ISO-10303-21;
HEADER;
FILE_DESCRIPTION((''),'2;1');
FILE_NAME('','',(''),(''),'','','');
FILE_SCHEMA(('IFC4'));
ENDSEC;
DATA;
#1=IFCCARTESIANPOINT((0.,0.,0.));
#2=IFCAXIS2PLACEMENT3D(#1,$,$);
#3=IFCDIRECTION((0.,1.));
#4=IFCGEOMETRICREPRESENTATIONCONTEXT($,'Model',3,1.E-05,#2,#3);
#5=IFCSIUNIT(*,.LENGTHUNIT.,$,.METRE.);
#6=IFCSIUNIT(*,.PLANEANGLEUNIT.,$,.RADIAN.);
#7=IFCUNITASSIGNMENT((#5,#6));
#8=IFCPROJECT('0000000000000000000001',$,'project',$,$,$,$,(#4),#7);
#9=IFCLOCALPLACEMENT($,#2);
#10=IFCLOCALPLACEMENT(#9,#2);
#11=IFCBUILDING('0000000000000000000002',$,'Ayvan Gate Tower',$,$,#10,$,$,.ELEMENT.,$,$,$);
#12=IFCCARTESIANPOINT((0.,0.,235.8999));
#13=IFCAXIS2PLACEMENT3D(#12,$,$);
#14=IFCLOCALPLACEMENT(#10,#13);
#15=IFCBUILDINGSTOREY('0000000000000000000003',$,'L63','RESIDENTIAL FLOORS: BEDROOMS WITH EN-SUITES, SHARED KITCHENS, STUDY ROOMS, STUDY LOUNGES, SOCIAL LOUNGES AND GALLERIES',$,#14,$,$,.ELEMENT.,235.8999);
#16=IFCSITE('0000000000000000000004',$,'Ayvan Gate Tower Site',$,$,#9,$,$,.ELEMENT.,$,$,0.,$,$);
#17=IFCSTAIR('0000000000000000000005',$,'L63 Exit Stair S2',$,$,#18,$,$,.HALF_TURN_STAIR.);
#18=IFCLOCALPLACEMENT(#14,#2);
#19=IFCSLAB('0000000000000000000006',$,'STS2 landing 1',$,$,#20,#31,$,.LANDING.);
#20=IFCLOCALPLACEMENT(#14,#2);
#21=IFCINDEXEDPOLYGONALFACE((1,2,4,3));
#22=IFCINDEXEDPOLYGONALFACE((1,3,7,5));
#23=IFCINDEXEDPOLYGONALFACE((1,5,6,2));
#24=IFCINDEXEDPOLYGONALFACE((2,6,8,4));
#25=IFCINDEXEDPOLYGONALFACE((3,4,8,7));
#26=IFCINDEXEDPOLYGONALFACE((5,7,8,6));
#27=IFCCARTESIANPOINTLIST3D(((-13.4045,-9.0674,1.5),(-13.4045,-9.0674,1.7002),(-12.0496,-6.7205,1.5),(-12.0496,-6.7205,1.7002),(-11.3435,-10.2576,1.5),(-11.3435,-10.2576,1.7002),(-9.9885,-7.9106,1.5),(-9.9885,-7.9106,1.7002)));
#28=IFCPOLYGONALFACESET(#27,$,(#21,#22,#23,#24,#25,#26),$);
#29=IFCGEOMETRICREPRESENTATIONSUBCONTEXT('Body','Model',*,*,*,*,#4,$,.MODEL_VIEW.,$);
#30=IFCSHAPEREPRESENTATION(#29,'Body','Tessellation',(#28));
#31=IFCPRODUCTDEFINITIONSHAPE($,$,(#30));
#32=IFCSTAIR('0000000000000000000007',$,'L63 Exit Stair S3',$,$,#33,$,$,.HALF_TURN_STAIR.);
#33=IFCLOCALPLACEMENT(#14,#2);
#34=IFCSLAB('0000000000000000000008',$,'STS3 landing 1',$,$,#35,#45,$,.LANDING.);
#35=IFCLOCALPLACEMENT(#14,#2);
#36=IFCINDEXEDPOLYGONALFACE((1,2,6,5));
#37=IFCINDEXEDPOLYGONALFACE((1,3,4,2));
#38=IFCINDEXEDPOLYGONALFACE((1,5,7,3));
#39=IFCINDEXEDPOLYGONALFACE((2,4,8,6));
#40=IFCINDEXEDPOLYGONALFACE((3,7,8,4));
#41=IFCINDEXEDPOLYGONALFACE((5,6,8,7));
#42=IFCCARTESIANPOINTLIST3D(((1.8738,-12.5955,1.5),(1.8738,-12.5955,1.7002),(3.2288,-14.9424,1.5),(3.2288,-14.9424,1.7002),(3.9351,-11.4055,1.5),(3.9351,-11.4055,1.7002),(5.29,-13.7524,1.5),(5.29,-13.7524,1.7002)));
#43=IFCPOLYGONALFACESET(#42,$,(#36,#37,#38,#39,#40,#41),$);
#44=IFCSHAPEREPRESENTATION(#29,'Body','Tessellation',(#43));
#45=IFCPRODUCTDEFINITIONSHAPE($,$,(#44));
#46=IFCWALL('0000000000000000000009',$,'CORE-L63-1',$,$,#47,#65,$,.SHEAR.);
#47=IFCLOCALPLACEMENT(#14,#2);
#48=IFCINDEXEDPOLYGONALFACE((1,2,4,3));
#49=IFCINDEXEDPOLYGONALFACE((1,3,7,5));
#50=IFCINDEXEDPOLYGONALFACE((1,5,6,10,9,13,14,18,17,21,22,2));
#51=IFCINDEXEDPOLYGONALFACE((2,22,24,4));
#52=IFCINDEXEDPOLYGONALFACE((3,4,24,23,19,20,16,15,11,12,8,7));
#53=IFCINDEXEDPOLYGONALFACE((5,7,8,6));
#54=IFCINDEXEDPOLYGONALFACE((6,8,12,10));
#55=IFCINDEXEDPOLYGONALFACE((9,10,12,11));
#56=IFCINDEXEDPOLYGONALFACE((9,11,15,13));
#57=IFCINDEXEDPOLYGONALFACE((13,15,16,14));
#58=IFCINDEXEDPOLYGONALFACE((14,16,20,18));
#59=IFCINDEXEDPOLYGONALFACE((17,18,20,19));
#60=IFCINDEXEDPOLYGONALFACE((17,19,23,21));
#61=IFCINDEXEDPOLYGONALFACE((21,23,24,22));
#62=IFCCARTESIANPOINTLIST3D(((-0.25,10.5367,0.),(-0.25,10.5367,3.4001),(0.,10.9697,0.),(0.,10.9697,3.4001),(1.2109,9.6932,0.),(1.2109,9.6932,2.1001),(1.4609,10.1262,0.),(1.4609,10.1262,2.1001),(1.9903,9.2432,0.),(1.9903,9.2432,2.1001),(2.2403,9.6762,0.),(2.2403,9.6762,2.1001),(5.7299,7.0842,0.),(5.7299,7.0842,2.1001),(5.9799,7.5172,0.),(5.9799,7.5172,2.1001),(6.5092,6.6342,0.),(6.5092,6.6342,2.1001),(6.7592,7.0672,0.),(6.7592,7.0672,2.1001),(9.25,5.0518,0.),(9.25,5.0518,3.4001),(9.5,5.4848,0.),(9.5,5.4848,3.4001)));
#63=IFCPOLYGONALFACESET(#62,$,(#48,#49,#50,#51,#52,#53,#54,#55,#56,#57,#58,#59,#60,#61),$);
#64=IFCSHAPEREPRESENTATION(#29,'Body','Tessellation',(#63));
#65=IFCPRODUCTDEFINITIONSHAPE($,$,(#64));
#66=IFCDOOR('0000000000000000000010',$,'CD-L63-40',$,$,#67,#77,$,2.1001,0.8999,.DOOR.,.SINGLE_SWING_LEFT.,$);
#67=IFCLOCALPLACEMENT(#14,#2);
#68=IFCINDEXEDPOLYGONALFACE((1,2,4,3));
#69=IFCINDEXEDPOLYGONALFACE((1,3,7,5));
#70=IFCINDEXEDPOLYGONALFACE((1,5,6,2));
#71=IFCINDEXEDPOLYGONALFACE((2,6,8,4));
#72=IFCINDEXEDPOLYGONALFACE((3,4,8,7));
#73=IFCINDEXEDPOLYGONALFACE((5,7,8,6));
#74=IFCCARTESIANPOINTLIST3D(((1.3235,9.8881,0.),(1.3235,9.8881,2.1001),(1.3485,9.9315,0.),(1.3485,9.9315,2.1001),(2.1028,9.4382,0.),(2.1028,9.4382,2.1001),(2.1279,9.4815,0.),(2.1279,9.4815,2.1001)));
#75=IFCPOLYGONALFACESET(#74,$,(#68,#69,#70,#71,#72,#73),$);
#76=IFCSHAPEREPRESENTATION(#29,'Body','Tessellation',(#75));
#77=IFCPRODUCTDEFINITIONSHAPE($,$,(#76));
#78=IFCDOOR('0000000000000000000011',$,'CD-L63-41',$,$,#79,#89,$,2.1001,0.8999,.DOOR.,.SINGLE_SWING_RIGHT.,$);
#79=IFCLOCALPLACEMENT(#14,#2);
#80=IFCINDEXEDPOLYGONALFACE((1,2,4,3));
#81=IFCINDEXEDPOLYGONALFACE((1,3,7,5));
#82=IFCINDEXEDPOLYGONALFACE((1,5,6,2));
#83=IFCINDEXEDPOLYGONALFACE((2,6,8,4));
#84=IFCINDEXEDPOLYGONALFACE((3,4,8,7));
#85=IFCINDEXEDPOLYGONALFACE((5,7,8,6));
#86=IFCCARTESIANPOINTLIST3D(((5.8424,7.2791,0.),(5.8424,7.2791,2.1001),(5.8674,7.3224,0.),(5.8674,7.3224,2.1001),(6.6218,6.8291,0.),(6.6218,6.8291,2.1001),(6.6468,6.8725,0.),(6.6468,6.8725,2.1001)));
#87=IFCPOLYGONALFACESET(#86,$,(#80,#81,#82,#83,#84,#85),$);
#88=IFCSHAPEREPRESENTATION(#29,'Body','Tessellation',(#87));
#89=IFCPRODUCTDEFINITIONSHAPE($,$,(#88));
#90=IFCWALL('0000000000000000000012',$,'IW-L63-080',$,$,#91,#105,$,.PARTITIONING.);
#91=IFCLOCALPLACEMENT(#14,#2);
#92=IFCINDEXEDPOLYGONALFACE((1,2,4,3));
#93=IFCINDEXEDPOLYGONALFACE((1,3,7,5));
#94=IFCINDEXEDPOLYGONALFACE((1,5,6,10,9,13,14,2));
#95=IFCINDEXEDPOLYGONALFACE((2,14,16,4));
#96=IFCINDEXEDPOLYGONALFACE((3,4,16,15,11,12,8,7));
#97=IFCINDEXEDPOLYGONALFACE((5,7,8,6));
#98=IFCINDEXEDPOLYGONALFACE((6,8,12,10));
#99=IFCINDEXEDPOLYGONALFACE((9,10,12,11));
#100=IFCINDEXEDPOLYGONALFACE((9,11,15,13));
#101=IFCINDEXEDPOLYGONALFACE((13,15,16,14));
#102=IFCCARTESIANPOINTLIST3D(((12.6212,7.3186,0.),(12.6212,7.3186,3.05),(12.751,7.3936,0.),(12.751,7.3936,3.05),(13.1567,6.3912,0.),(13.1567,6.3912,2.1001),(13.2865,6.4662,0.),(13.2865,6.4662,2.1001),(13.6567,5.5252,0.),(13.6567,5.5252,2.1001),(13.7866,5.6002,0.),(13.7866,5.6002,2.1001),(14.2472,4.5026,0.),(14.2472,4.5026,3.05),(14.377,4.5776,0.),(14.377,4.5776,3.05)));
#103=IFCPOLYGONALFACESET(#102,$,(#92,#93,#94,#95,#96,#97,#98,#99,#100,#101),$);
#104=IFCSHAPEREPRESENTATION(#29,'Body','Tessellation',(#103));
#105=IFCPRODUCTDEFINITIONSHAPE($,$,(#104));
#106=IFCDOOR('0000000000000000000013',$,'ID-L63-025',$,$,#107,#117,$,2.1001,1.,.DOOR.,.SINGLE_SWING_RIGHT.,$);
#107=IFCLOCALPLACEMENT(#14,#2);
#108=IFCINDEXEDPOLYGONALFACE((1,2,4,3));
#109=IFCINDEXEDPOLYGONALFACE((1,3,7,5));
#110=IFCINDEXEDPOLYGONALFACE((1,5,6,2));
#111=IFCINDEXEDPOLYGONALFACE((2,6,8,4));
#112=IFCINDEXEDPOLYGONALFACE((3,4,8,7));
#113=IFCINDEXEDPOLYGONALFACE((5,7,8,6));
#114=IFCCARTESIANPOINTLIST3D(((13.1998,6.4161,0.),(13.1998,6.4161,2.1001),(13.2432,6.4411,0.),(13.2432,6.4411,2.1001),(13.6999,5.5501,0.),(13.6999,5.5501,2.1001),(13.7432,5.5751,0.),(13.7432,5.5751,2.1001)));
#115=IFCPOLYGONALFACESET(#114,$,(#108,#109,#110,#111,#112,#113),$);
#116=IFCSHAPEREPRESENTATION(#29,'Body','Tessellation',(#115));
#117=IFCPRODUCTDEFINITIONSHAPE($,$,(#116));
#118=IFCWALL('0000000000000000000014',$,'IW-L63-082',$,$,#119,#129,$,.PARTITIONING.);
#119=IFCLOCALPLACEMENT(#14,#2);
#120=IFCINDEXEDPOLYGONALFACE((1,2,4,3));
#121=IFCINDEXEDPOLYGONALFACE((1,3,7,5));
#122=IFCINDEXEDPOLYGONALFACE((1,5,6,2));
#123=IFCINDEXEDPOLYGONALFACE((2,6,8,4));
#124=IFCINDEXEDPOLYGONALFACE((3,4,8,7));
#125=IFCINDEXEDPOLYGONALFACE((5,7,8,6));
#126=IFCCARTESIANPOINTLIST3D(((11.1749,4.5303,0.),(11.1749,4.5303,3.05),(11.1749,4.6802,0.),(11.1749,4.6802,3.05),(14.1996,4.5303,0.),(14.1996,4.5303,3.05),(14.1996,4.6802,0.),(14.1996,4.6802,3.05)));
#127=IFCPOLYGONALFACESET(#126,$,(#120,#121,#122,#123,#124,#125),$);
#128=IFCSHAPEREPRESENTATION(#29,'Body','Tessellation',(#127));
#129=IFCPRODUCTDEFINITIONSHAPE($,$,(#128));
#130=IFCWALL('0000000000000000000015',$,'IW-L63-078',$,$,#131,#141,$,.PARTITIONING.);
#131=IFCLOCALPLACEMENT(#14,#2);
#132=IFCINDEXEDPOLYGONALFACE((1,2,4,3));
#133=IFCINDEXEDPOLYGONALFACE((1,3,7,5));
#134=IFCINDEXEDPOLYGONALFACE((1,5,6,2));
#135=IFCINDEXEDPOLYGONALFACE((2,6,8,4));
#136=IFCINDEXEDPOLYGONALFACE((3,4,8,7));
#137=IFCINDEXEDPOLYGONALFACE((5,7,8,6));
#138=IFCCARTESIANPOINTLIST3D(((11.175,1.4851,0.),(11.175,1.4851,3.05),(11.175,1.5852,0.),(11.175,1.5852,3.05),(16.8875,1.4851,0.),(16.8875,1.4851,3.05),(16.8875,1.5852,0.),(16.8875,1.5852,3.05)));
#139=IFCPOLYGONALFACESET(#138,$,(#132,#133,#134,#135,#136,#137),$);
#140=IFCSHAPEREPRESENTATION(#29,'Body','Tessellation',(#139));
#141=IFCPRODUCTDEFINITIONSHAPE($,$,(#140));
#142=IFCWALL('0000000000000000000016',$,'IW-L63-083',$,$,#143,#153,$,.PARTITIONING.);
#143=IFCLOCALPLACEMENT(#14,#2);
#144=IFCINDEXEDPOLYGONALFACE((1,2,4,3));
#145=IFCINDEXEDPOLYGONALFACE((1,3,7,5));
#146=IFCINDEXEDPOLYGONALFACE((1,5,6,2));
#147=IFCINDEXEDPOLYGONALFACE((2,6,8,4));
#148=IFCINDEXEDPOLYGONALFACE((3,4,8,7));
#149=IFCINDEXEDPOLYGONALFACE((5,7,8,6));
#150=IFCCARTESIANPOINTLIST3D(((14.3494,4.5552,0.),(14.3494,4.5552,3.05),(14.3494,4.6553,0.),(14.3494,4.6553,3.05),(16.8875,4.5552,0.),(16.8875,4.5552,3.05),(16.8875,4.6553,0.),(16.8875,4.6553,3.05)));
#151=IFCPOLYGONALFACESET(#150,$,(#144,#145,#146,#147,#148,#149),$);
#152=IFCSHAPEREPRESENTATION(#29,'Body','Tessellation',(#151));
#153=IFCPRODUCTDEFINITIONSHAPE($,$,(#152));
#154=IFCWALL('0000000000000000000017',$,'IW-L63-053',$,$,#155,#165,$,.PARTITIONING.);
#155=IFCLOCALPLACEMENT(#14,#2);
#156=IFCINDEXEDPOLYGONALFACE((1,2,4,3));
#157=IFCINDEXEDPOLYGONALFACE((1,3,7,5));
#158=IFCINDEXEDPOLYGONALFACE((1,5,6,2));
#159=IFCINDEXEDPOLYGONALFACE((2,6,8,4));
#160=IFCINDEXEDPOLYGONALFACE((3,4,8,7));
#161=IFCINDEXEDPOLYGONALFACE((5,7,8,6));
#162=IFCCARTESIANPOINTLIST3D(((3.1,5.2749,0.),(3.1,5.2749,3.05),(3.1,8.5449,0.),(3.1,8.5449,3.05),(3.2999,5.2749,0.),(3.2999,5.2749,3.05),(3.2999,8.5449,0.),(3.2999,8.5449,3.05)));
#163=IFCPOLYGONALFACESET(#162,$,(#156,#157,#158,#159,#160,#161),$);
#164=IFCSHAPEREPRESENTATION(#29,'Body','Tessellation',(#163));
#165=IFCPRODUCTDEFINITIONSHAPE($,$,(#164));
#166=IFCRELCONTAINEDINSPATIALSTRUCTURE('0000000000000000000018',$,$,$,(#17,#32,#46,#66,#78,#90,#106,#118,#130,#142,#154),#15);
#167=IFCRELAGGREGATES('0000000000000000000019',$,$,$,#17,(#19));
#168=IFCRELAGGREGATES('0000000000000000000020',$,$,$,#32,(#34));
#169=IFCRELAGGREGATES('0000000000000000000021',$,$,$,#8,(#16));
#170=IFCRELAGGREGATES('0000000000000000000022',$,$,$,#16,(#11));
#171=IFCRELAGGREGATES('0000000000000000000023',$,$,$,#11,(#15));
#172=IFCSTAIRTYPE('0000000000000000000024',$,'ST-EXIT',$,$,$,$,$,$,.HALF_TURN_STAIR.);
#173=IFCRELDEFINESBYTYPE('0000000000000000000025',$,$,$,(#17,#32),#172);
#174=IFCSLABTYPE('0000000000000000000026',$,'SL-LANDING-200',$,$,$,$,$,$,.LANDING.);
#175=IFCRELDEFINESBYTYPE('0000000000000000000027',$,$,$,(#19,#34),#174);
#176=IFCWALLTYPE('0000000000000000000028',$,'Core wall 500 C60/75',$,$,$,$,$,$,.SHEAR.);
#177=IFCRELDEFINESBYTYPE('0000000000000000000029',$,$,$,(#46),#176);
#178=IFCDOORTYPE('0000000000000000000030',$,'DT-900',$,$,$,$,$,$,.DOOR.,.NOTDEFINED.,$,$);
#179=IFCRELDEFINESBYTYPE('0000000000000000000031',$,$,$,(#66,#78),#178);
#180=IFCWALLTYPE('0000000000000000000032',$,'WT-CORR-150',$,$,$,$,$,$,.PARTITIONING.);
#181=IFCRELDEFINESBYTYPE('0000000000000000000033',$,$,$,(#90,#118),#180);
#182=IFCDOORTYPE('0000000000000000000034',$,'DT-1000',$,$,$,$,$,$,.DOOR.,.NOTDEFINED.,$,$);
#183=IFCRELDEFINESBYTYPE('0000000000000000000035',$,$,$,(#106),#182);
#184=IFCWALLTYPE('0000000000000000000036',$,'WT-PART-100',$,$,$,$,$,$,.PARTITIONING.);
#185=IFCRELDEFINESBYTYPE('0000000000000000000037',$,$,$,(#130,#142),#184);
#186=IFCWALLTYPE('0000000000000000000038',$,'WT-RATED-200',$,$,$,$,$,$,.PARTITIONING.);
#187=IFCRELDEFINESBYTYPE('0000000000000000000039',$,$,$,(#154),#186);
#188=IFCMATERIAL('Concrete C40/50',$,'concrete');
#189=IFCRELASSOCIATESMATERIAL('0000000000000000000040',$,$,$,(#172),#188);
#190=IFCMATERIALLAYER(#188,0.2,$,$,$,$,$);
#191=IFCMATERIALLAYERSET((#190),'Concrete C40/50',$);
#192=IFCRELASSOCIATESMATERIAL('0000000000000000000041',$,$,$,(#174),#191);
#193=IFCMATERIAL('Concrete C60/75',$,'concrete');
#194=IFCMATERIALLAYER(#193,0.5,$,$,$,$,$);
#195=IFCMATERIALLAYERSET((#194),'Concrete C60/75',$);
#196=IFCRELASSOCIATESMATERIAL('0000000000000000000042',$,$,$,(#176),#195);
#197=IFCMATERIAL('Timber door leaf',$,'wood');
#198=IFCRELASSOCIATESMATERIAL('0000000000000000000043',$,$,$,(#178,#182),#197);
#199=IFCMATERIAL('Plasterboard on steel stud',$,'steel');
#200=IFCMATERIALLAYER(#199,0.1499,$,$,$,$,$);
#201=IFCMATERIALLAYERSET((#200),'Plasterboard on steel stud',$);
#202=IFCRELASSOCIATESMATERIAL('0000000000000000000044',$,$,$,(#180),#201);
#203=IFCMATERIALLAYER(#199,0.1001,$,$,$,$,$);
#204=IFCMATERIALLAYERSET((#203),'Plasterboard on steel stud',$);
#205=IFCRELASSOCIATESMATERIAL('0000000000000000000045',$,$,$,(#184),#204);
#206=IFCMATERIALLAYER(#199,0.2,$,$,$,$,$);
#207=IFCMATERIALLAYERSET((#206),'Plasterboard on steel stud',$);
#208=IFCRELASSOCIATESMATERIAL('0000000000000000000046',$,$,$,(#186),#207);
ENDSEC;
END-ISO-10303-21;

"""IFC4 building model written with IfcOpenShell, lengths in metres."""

from ifc_helpers import new_model, si_unit, direction, frame, frame_2d, origin, place, context, subcontext, project, spatial, polyline, rectangle, outline, extrude, material, layer, layer_set, type_object, element, fill, aggregate, save


model = new_model("IFC4")

# Units and contexts
model_context = context("Model", 3, precision=1e-05, world=origin(), true_north=direction((0.0, 1.0)))
body_context = subcontext(model_context, "Body", "Model", "MODEL_VIEW")
ifc_project = project(units=[si_unit("LENGTHUNIT", "METRE"), si_unit("PLANEANGLEUNIT", "RADIAN")], contexts=[model_context])

# Site, building, storey
site_placement = place(None, origin())
site = spatial("IfcSite", under=ifc_project, at=site_placement, Name="Ayvan Gate Tower Site", CompositionType="ELEMENT", RefElevation=0.0)
building_placement = place(site_placement, origin())
building = spatial("IfcBuilding", under=site, at=building_placement, Name="Ayvan Gate Tower", CompositionType="ELEMENT")
storey_placement = place(building_placement, frame((0.0, 0.0, 235.8999)))
storey = spatial("IfcBuildingStorey", under=building, at=storey_placement, Name="L63", Description="RESIDENTIAL FLOORS: BEDROOMS WITH EN-SUITES, SHARED KITCHENS, STUDY ROOMS, STUDY LOUNGES, SOCIAL LOUNGES AND GALLERIES", CompositionType="ELEMENT", Elevation=235.8999)

# Stairs, slabs
ifc_material_1 = material(Name="Concrete C40/50", Category="concrete")
stair_type = type_object("IfcStairType", Name="ST-EXIT", PredefinedType="HALF_TURN_STAIR", material=ifc_material_1)
stair_1_placement = place(storey_placement, origin())
stair_1 = element("IfcStair", 1, at=stair_1_placement, inside=storey, type_object=stair_type, Name="L63 Exit Stair S2", PredefinedType="HALF_TURN_STAIR")
ifc_layer_1 = layer(ifc_material_1, 0.2)
ifc_layer_set_1 = layer_set([ifc_layer_1], Name="Concrete C40/50")
slab_type = type_object("IfcSlabType", Name="SL-LANDING-200", PredefinedType="LANDING", material=ifc_layer_set_1)
slab_1_placement = place(storey_placement, frame((0.0, 0.0, 1.5)))
slab_1 = element("IfcSlab", 2, at=slab_1_placement, type_object=slab_type, Name="STS2 landing 1", PredefinedType="LANDING", context=body_context, shape_type="SweptSolid", body=[
    extrude(outline(polyline([(-9.9885, -7.9106), (-12.0496, -6.7205), (-13.4045, -9.0674), (-11.3435, -10.2576), (-9.9885, -7.9106)])), origin(), (0.0, 0.0, 1.0), 0.2002),
])
aggregate(stair_1, [slab_1])
stair_2_placement = place(storey_placement, origin())
stair_2 = element("IfcStair", 3, at=stair_2_placement, inside=storey, type_object=stair_type, Name="L63 Exit Stair S3", PredefinedType="HALF_TURN_STAIR")
slab_2_placement = place(storey_placement, frame((0.0, 0.0, 1.5)))
slab_2 = element("IfcSlab", 4, at=slab_2_placement, type_object=slab_type, Name="STS3 landing 1", PredefinedType="LANDING", context=body_context, shape_type="SweptSolid", body=[
    extrude(outline(polyline([(3.9351, -11.4055), (1.8738, -12.5955), (3.2288, -14.9424), (5.29, -13.7524), (3.9351, -11.4055)])), origin(), (0.0, 0.0, 1.0), 0.2002),
])
aggregate(stair_2, [slab_2])

# Wall, openings, doors
ifc_material_2 = material(Name="Concrete C60/75", Category="concrete")
ifc_layer_2 = layer(ifc_material_2, 0.5)
ifc_layer_set_2 = layer_set([ifc_layer_2], Name="Concrete C60/75")
wall_type_1 = type_object("IfcWallType", Name="Core wall 500 C60/75", PredefinedType="SHEAR", material=ifc_layer_set_2)
wall_1_placement = place(storey_placement, frame((9.375, 5.2683, 0.0), z_axis=(0.0, 0.0, 1.0), x_axis=(-0.866024, 0.500002, 0.0)))
wall_1 = element("IfcWall", 5, at=wall_1_placement, inside=storey, type_object=wall_type_1, Name="CORE-L63-1", PredefinedType="SHEAR", context=body_context, shape_type="SweptSolid", body=[
    extrude(rectangle(XDim=10.9697, YDim=0.5, at=frame_2d((5.4849, 0.0))), origin(), (0.0, 0.0, 1.0), 3.4001),
])
opening_1_placement = place(wall_1_placement, frame((8.3828, 0.0, 0.0)))
opening_1 = element("IfcOpeningElement", 6, at=opening_1_placement, cuts=wall_1, PredefinedType="OPENING", context=body_context, shape_type="SweptSolid", body=[
    extrude(rectangle(XDim=0.8999, YDim=2.1001, at=frame_2d((0.45, 1.05))), frame((0.0, 0.26, 0.0), z_axis=(0.0, -1.0, 0.0), x_axis=(1.0, 0.0, 0.0)), (0.0, 0.0, 1.0), 0.52),
])
opening_2_placement = place(wall_1_placement, frame((3.1648, 0.0, 0.0)))
opening_2 = element("IfcOpeningElement", 7, at=opening_2_placement, cuts=wall_1, PredefinedType="OPENING", context=body_context, shape_type="SweptSolid", body=[
    extrude(rectangle(XDim=0.8999, YDim=2.1001, at=frame_2d((0.45, 1.05))), frame((0.0, 0.26, 0.0), z_axis=(0.0, -1.0, 0.0), x_axis=(1.0, 0.0, 0.0)), (0.0, 0.0, 1.0), 0.52),
])
ifc_material_3 = material(Name="Timber door leaf", Category="wood")
door_type_1 = type_object("IfcDoorType", Name="DT-900", OperationType="NOTDEFINED", PredefinedType="DOOR", material=ifc_material_3)
door_1_placement = place(opening_1_placement, origin())
door_1 = element("IfcDoor", 8, at=door_1_placement, inside=storey, type_object=door_type_1, Name="CD-L63-40", OperationType="SINGLE_SWING_LEFT", OverallHeight=2.1001, OverallWidth=0.8999, PredefinedType="DOOR", context=body_context, shape_type="SweptSolid", body=[
    extrude(rectangle(XDim=0.8999, YDim=2.1001, at=frame_2d((0.45, 1.05))), frame((0.0, 0.0249, 0.0), z_axis=(0.0, -1.0, 0.0), x_axis=(1.0, 0.0, 0.0)), (0.0, 0.0, 1.0), 0.05),
])
fill(opening_1, door_1)
door_2_placement = place(opening_2_placement, origin())
door_2 = element("IfcDoor", 9, at=door_2_placement, inside=storey, type_object=door_type_1, Name="CD-L63-41", OperationType="SINGLE_SWING_RIGHT", OverallHeight=2.1001, OverallWidth=0.8999, PredefinedType="DOOR", context=body_context, shape_type="SweptSolid", body=[
    extrude(rectangle(XDim=0.8999, YDim=2.1001, at=frame_2d((0.45, 1.05))), frame((0.0, 0.0249, 0.0), z_axis=(0.0, -1.0, 0.0), x_axis=(1.0, 0.0, 0.0)), (0.0, 0.0, 1.0), 0.05),
])
fill(opening_2, door_2)

# Wall, opening, door
ifc_material_4 = material(Name="Plasterboard on steel stud", Category="steel")
ifc_layer_3 = layer(ifc_material_4, 0.1499)
ifc_layer_set_3 = layer_set([ifc_layer_3], Name="Plasterboard on steel stud")
wall_type_2 = type_object("IfcWallType", Name="WT-CORR-150", PredefinedType="PARTITIONING", material=ifc_layer_set_3)
wall_2_placement = place(storey_placement, frame((12.686, 7.3562, 0.0), z_axis=(0.0, 0.0, 1.0), x_axis=(0.500047, -0.865998, 0.0)))
wall_2 = element("IfcWall", 10, at=wall_2_placement, inside=storey, type_object=wall_type_2, Name="IW-L63-080", PredefinedType="PARTITIONING", context=body_context, shape_type="SweptSolid", body=[
    extrude(rectangle(XDim=3.2517, YDim=0.1499, at=frame_2d((1.626, 0.0))), origin(), (0.0, 0.0, 1.0), 3.05),
])
opening_3_placement = place(wall_2_placement, frame((1.071, 0.0, 0.0)))
opening_3 = element("IfcOpeningElement", 11, at=opening_3_placement, cuts=wall_2, PredefinedType="OPENING", context=body_context, shape_type="SweptSolid", body=[
    extrude(rectangle(XDim=1.0, YDim=2.1001, at=frame_2d((0.5, 1.05))), frame((0.0, 0.085, 0.0), z_axis=(0.0, -1.0, 0.0), x_axis=(1.0, 0.0, 0.0)), (0.0, 0.0, 1.0), 0.1699),
])
door_type_2 = type_object("IfcDoorType", Name="DT-1000", OperationType="NOTDEFINED", PredefinedType="DOOR", material=ifc_material_3)
door_3_placement = place(opening_3_placement, origin())
door_3 = element("IfcDoor", 12, at=door_3_placement, inside=storey, type_object=door_type_2, Name="ID-L63-025", OperationType="SINGLE_SWING_RIGHT", OverallHeight=2.1001, OverallWidth=1.0, PredefinedType="DOOR", context=body_context, shape_type="SweptSolid", body=[
    extrude(rectangle(XDim=1.0, YDim=2.1001, at=frame_2d((0.5, 1.05))), frame((0.0, 0.0249, 0.0), z_axis=(0.0, -1.0, 0.0), x_axis=(1.0, 0.0, 0.0)), (0.0, 0.0, 1.0), 0.05),
])
fill(opening_3, door_3)

# Walls
wall_3_placement = place(storey_placement, frame((14.1995, 4.6052, 0.0), z_axis=(0.0, 0.0, 1.0), x_axis=(-1.0, 0.0, 0.0)))
element("IfcWall", 13, at=wall_3_placement, inside=storey, type_object=wall_type_2, Name="IW-L63-082", PredefinedType="PARTITIONING", context=body_context, shape_type="SweptSolid", body=[
    extrude(rectangle(XDim=3.0247, YDim=0.1499, at=frame_2d((1.5122, 0.0))), origin(), (0.0, 0.0, 1.0), 3.05),
])
ifc_layer_4 = layer(ifc_material_4, 0.1001)
ifc_layer_set_4 = layer_set([ifc_layer_4], Name="Plasterboard on steel stud")
wall_type_3 = type_object("IfcWallType", Name="WT-PART-100", PredefinedType="PARTITIONING", material=ifc_layer_set_4)
wall_4_placement = place(storey_placement, frame((11.175, 1.5352, 0.0), z_axis=(0.0, 0.0, 1.0), x_axis=(1.0, 0.0, 0.0)))
element("IfcWall", 14, at=wall_4_placement, inside=storey, type_object=wall_type_3, Name="IW-L63-078", PredefinedType="PARTITIONING", context=body_context, shape_type="SweptSolid", body=[
    extrude(rectangle(XDim=5.7124, YDim=0.1001, at=frame_2d((2.8562, 0.0))), origin(), (0.0, 0.0, 1.0), 3.05),
])
wall_5_placement = place(storey_placement, frame((14.3494, 4.6052, 0.0), z_axis=(0.0, 0.0, 1.0), x_axis=(1.0, 0.0, 0.0)))
element("IfcWall", 15, at=wall_5_placement, inside=storey, type_object=wall_type_3, Name="IW-L63-083", PredefinedType="PARTITIONING", context=body_context, shape_type="SweptSolid", body=[
    extrude(rectangle(XDim=2.5381, YDim=0.1001, at=frame_2d((1.269, 0.0))), origin(), (0.0, 0.0, 1.0), 3.05),
])
ifc_layer_5 = layer(ifc_material_4, 0.2)
ifc_layer_set_5 = layer_set([ifc_layer_5], Name="Plasterboard on steel stud")
wall_type_4 = type_object("IfcWallType", Name="WT-RATED-200", PredefinedType="PARTITIONING", material=ifc_layer_set_5)
wall_6_placement = place(storey_placement, frame((3.2, 8.5449, 0.0), z_axis=(0.0, 0.0, 1.0), x_axis=(0.0, -1.0, 0.0)))
element("IfcWall", 16, at=wall_6_placement, inside=storey, type_object=wall_type_4, Name="IW-L63-053", PredefinedType="PARTITIONING", context=body_context, shape_type="SweptSolid", body=[
    extrude(rectangle(XDim=3.27, YDim=0.2, at=frame_2d((1.635, 0.0))), origin(), (0.0, 0.0, 1.0), 3.05),
])

save(model, "model.ifc")
